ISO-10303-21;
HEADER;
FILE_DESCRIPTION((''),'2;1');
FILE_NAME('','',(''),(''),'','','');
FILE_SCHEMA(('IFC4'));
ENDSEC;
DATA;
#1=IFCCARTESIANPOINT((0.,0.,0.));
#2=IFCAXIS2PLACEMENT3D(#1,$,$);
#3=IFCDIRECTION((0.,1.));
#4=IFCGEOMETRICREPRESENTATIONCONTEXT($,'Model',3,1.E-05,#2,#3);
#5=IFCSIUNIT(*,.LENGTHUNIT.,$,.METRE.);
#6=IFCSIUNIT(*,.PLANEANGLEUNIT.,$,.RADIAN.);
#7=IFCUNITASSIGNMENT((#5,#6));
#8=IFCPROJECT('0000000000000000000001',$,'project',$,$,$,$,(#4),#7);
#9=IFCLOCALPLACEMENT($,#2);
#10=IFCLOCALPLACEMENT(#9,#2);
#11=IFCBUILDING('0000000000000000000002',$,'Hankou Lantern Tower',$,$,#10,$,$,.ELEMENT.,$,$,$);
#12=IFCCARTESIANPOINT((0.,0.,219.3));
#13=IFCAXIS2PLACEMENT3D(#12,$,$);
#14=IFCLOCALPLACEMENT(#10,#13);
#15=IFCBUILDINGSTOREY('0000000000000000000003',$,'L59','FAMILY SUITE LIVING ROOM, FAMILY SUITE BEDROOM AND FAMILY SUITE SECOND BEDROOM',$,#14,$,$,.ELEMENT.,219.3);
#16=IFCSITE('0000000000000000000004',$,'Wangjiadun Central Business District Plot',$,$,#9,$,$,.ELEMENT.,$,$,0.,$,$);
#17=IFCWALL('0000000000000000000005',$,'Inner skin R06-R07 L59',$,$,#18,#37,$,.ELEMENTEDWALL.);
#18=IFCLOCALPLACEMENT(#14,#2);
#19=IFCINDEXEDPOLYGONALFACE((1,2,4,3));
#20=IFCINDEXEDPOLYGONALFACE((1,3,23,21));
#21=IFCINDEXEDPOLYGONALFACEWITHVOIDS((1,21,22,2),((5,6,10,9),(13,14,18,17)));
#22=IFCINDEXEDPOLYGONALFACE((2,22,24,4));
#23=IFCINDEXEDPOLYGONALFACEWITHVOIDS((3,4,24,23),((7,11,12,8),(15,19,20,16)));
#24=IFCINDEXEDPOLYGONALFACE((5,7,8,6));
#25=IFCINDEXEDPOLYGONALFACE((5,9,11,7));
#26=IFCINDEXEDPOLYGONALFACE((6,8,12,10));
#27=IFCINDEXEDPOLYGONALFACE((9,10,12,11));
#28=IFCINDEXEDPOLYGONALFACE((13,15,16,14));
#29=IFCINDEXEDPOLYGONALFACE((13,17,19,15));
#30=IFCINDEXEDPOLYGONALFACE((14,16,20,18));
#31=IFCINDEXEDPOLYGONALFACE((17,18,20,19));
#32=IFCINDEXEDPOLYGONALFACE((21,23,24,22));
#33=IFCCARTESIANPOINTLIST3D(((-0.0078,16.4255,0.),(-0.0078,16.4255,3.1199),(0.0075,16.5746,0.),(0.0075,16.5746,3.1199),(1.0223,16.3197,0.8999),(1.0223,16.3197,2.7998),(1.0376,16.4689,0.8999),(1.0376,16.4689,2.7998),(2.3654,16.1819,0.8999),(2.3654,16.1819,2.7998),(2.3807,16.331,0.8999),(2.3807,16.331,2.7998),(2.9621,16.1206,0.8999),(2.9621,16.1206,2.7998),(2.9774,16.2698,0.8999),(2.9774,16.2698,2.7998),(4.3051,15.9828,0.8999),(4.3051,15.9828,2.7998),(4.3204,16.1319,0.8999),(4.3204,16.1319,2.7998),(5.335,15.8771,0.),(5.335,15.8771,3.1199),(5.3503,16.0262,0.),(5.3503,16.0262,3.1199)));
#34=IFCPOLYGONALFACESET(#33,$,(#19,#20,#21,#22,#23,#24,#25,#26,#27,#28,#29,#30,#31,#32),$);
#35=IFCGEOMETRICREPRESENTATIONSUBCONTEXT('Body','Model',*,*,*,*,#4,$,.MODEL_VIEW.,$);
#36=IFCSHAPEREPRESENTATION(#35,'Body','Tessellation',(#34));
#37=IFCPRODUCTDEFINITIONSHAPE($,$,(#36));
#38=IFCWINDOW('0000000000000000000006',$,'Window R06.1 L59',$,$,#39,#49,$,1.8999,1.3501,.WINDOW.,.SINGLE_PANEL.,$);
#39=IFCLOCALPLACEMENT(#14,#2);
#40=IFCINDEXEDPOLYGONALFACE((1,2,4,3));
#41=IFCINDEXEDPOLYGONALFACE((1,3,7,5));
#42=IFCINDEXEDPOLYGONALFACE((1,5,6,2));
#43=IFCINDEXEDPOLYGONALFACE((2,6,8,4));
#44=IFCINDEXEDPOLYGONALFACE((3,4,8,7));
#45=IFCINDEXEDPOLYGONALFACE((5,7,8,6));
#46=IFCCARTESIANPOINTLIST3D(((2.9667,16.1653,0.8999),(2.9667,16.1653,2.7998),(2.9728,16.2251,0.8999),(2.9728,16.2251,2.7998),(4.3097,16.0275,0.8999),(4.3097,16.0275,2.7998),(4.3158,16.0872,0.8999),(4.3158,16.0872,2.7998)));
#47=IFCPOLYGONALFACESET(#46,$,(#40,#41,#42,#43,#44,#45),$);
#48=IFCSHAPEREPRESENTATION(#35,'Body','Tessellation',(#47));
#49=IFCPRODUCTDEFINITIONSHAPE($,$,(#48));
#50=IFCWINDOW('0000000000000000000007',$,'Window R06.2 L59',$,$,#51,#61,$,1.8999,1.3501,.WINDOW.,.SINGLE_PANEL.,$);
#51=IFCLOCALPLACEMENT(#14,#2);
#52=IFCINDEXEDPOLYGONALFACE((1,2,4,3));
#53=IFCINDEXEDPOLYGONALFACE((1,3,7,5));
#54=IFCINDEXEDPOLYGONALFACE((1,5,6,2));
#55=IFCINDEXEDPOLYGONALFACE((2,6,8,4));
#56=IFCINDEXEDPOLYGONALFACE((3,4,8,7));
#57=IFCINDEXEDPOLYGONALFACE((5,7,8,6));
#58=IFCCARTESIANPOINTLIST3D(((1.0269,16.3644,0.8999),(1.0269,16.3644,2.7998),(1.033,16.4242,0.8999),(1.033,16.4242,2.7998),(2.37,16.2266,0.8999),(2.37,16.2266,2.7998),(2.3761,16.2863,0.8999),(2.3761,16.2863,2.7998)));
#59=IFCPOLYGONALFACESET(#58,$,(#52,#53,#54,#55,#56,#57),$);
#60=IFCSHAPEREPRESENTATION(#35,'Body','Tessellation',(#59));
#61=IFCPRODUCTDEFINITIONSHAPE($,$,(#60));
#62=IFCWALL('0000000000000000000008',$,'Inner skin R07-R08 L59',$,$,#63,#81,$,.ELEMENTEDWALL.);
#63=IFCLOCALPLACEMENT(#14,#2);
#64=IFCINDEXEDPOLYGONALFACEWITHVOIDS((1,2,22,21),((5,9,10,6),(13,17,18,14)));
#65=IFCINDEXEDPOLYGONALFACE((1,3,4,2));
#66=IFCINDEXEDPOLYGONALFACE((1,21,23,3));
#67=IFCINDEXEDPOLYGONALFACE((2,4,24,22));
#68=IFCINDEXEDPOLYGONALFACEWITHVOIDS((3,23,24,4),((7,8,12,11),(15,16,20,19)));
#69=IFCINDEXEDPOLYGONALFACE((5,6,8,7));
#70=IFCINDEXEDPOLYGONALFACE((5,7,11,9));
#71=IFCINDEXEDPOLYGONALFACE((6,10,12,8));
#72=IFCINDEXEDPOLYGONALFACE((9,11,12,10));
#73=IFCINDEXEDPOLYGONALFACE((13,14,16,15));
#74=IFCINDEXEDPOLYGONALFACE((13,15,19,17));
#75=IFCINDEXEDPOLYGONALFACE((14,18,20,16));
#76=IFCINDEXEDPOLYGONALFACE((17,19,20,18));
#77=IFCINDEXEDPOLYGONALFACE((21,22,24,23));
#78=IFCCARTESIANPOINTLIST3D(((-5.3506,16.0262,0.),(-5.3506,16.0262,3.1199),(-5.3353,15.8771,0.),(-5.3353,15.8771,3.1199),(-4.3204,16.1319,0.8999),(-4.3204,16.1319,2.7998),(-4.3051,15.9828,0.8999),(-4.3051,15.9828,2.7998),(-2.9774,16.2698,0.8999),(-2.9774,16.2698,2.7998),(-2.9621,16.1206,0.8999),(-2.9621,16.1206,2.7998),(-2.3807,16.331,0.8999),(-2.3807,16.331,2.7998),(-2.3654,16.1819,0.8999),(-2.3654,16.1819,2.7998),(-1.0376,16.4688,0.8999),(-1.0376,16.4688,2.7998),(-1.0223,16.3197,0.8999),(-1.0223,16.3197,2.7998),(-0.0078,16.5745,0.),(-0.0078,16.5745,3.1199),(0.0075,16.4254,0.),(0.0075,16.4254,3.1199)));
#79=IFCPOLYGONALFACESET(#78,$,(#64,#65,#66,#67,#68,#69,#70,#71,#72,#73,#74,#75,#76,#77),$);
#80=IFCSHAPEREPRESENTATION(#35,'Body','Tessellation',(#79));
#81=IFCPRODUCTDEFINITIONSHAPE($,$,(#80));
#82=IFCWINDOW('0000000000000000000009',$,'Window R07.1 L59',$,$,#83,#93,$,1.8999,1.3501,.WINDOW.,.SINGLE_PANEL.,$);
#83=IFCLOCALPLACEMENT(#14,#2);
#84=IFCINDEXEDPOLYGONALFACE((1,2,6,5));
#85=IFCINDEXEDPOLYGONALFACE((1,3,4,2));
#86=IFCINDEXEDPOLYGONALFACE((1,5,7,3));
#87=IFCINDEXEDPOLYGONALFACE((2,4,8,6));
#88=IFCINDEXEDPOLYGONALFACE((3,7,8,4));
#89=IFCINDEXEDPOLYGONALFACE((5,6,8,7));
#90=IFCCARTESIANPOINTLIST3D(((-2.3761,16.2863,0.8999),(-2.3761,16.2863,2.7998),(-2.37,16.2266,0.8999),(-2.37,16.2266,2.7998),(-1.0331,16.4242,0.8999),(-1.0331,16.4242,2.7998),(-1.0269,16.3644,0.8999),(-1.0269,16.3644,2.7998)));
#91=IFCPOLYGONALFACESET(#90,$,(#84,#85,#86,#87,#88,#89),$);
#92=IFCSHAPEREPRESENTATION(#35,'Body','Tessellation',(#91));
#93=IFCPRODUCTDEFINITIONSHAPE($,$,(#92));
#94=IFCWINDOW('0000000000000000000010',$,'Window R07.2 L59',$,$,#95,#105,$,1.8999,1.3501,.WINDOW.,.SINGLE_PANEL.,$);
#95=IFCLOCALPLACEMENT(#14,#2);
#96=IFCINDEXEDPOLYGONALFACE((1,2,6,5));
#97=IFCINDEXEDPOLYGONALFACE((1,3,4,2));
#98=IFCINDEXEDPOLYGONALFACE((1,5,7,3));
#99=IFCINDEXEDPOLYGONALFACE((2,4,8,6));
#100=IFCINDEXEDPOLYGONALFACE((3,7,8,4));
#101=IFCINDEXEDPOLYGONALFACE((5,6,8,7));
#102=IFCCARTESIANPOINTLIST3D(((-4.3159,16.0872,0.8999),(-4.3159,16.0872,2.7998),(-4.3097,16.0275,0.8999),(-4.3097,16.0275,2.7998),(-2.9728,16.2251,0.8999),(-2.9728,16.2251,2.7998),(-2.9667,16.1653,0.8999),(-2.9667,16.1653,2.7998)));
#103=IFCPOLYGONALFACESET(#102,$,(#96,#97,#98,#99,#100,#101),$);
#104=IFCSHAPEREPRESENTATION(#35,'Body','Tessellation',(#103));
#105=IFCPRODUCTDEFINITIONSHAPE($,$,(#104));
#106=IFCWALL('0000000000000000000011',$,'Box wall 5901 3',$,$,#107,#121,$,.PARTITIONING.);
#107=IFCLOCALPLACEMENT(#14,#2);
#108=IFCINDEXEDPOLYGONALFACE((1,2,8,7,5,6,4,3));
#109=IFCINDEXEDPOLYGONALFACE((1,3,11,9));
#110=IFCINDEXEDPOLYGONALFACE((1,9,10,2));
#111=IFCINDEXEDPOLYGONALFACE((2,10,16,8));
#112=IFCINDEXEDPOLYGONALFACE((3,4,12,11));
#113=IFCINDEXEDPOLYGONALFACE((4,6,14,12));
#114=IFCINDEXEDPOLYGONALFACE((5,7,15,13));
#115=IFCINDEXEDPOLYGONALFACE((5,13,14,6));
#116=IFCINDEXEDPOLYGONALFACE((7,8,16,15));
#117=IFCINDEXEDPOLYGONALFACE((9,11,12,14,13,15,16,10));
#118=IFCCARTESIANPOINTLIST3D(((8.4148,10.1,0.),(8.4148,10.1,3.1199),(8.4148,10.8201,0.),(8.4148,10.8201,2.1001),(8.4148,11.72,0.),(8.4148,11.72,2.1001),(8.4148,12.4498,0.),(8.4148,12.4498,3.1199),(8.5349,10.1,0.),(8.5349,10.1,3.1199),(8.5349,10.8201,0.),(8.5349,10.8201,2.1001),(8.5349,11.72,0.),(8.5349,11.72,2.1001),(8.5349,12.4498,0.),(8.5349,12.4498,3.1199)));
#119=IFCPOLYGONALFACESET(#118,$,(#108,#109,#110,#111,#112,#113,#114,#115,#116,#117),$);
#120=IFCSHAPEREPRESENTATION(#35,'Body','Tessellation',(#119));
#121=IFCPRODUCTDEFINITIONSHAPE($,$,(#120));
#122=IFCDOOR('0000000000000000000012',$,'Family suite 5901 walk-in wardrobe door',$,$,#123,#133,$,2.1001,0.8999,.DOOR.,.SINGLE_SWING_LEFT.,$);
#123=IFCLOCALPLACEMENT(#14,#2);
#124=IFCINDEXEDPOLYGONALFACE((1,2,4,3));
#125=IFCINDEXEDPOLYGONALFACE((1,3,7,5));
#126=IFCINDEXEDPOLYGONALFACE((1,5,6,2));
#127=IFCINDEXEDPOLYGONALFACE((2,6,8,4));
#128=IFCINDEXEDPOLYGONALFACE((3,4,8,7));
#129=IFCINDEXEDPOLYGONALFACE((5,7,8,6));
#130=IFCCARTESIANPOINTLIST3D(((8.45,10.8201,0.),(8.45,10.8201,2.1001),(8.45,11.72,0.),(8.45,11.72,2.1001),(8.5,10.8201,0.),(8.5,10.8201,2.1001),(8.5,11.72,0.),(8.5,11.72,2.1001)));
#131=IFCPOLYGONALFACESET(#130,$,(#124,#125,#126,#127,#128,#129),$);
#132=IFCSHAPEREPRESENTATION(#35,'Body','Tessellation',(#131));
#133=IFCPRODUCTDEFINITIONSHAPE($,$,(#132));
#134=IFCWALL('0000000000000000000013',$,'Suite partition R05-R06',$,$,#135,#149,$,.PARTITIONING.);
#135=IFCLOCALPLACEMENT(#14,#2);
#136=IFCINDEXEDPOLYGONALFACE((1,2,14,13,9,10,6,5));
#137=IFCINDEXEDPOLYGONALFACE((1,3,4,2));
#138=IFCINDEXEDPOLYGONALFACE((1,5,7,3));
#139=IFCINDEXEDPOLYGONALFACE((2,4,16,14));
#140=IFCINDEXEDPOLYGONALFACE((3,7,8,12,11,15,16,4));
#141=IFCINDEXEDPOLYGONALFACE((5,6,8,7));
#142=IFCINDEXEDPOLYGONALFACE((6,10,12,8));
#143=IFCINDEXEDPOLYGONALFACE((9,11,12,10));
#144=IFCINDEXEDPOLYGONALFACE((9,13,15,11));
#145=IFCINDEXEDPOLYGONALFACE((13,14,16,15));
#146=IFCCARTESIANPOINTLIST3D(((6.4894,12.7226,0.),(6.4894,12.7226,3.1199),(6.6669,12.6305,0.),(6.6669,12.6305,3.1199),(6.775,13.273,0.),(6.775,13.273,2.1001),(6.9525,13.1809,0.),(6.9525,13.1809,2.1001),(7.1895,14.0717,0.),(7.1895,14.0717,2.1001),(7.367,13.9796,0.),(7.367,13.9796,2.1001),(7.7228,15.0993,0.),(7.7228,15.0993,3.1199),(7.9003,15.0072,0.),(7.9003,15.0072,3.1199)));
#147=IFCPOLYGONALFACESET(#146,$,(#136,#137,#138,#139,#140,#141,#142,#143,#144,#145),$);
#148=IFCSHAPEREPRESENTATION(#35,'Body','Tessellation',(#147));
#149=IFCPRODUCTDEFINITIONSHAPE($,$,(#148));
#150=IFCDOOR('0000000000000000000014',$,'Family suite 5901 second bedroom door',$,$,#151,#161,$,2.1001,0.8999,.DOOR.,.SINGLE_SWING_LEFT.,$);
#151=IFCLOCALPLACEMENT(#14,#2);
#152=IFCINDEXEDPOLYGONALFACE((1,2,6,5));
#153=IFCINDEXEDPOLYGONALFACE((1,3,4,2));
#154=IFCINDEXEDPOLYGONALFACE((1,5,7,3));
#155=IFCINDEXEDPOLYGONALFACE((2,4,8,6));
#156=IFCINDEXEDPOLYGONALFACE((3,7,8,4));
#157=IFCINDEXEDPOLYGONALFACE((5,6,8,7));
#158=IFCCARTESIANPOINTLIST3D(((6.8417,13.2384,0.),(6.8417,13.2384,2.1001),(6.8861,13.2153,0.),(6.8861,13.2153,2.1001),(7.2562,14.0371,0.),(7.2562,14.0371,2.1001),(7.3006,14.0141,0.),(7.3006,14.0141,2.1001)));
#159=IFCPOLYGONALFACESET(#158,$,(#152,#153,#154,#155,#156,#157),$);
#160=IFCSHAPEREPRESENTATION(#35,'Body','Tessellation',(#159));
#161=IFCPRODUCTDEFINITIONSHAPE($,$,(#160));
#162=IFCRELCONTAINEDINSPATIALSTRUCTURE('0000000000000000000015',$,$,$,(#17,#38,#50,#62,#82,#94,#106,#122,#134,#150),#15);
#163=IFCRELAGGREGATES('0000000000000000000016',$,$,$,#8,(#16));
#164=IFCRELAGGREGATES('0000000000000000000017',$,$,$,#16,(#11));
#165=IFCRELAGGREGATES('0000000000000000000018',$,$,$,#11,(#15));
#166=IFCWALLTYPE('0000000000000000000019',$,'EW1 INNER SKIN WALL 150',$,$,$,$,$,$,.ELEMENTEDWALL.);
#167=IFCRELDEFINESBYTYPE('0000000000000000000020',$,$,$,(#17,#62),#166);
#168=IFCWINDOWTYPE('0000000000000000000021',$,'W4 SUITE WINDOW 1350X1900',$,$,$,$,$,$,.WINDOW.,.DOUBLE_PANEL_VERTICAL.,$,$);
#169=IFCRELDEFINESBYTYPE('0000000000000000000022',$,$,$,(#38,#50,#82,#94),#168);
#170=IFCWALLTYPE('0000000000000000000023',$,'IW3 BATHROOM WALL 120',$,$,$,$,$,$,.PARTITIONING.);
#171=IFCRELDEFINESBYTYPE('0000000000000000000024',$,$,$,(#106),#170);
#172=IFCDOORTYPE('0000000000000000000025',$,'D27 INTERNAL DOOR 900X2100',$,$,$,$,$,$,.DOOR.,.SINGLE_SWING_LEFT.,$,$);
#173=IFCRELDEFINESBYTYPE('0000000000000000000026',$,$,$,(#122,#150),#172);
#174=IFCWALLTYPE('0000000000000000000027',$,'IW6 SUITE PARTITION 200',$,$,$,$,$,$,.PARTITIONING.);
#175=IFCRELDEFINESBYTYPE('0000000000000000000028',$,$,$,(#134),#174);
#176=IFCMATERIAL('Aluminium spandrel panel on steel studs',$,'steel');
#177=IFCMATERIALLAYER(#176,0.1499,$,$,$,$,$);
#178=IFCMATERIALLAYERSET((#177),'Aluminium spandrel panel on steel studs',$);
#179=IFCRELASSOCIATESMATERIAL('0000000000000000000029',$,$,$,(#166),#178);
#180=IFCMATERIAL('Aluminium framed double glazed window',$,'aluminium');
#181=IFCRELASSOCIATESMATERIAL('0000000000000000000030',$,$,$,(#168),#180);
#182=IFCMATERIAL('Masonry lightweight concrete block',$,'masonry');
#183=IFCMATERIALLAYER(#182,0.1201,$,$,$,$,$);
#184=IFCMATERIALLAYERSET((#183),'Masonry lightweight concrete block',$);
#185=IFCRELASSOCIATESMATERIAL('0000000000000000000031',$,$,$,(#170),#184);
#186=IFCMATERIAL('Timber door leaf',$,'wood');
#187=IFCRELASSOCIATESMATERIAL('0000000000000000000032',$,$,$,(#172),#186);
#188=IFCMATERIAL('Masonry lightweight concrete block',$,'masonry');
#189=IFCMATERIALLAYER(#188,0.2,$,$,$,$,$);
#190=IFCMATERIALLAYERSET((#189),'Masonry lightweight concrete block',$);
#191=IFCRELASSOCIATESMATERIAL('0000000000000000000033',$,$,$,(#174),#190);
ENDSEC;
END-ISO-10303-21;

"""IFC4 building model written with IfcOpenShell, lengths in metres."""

from ifc_helpers import new_model, si_unit, direction, frame, frame_2d, origin, place, context, subcontext, project, spatial, rectangle, extrude, material, layer, layer_set, type_object, element, fill, save


model = new_model("IFC4")

# Units and contexts
model_context = context("Model", 3, precision=1e-05, world=origin(), true_north=direction((0.0, 1.0)))
body_context = subcontext(model_context, "Body", "Model", "MODEL_VIEW")
ifc_project = project(units=[si_unit("LENGTHUNIT", "METRE"), si_unit("PLANEANGLEUNIT", "RADIAN")], contexts=[model_context])

# Site, building, storey
site_placement = place(None, origin())
site = spatial("IfcSite", under=ifc_project, at=site_placement, Name="Wangjiadun Central Business District Plot", CompositionType="ELEMENT", RefElevation=0.0)
building_placement = place(site_placement, origin())
building = spatial("IfcBuilding", under=site, at=building_placement, Name="Hankou Lantern Tower", CompositionType="ELEMENT")
storey_placement = place(building_placement, frame((0.0, 0.0, 219.3)))
storey = spatial("IfcBuildingStorey", under=building, at=storey_placement, Name="L59", Description="FAMILY SUITE LIVING ROOM, FAMILY SUITE BEDROOM AND FAMILY SUITE SECOND BEDROOM", CompositionType="ELEMENT", Elevation=219.3)

# Walls, openings, windows
ifc_material_1 = material(Name="Aluminium spandrel panel on steel studs", Category="steel")
ifc_layer_1 = layer(ifc_material_1, 0.1499)
ifc_layer_set_1 = layer_set([ifc_layer_1], Name="Aluminium spandrel panel on steel studs")
wall_type_1 = type_object("IfcWallType", Name="EW1 INNER SKIN WALL 150", PredefinedType="ELEMENTEDWALL", material=ifc_layer_set_1)
wall_1_placement = place(storey_placement, frame((5.3428, 15.9517, 0.0), z_axis=(0.0, 0.0, 1.0), x_axis=(-0.994775, 0.102096, 0.0)))
wall_1 = element("IfcWall", 1, at=wall_1_placement, inside=storey, type_object=wall_type_1, Name="Inner skin R06-R07 L59", PredefinedType="ELEMENTEDWALL", context=body_context, shape_type="SweptSolid", body=[
    extrude(rectangle(XDim=5.3708, YDim=0.1499, at=frame_2d((2.6855, 0.0))), origin(), (0.0, 0.0, 1.0), 3.1199),
])
opening_1_placement = place(wall_1_placement, frame((1.0354, 0.0, 0.8999)))
opening_1 = element("IfcOpeningElement", 2, at=opening_1_placement, cuts=wall_1, PredefinedType="OPENING", context=body_context, shape_type="SweptSolid", body=[
    extrude(rectangle(XDim=1.3501, YDim=1.8999, at=frame_2d((0.675, 0.95))), frame((0.0, 0.085, 0.0), z_axis=(0.0, -1.0, 0.0), x_axis=(1.0, 0.0, 0.0)), (0.0, 0.0, 1.0), 0.1699),
])
opening_2_placement = place(wall_1_placement, frame((2.9854, 0.0, 0.8999)))
opening_2 = element("IfcOpeningElement", 3, at=opening_2_placement, cuts=wall_1, PredefinedType="OPENING", context=body_context, shape_type="SweptSolid", body=[
    extrude(rectangle(XDim=1.3501, YDim=1.8999, at=frame_2d((0.675, 0.95))), frame((0.0, 0.085, 0.0), z_axis=(0.0, -1.0, 0.0), x_axis=(1.0, 0.0, 0.0)), (0.0, 0.0, 1.0), 0.1699),
])
ifc_material_2 = material(Name="Aluminium framed double glazed window", Category="aluminium")
window_type = type_object("IfcWindowType", Name="W4 SUITE WINDOW 1350X1900", PartitioningType="DOUBLE_PANEL_VERTICAL", PredefinedType="WINDOW", material=ifc_material_2)
window_1_placement = place(opening_1_placement, origin())
window_1 = element("IfcWindow", 4, at=window_1_placement, inside=storey, type_object=window_type, Name="Window R06.1 L59", OverallHeight=1.8999, OverallWidth=1.3501, PartitioningType="SINGLE_PANEL", PredefinedType="WINDOW", context=body_context, shape_type="SweptSolid", body=[
    extrude(rectangle(XDim=1.3501, YDim=1.8999, at=frame_2d((0.675, 0.95))), frame((0.0, 0.03, 0.0), z_axis=(0.0, -1.0, 0.0), x_axis=(1.0, 0.0, 0.0)), (0.0, 0.0, 1.0), 0.0601),
])
fill(opening_1, window_1)
window_2_placement = place(opening_2_placement, origin())
window_2 = element("IfcWindow", 5, at=window_2_placement, inside=storey, type_object=window_type, Name="Window R06.2 L59", OverallHeight=1.8999, OverallWidth=1.3501, PartitioningType="SINGLE_PANEL", PredefinedType="WINDOW", context=body_context, shape_type="SweptSolid", body=[
    extrude(rectangle(XDim=1.3501, YDim=1.8999, at=frame_2d((0.675, 0.95))), frame((0.0, 0.03, 0.0), z_axis=(0.0, -1.0, 0.0), x_axis=(1.0, 0.0, 0.0)), (0.0, 0.0, 1.0), 0.0601),
])
fill(opening_2, window_2)
wall_2_placement = place(storey_placement, frame((0.0, 16.5, 0.0), z_axis=(0.0, 0.0, 1.0), x_axis=(-0.994775, -0.102096, 0.0)))
wall_2 = element("IfcWall", 6, at=wall_2_placement, inside=storey, type_object=wall_type_1, Name="Inner skin R07-R08 L59", PredefinedType="ELEMENTEDWALL", context=body_context, shape_type="SweptSolid", body=[
    extrude(rectangle(XDim=5.3708, YDim=0.1499, at=frame_2d((2.6855, 0.0))), origin(), (0.0, 0.0, 1.0), 3.1199),
])
opening_3_placement = place(wall_2_placement, frame((1.0354, 0.0, 0.8999)))
opening_3 = element("IfcOpeningElement", 7, at=opening_3_placement, cuts=wall_2, PredefinedType="OPENING", context=body_context, shape_type="SweptSolid", body=[
    extrude(rectangle(XDim=1.3501, YDim=1.8999, at=frame_2d((0.675, 0.95))), frame((0.0, 0.085, 0.0), z_axis=(0.0, -1.0, 0.0), x_axis=(1.0, 0.0, 0.0)), (0.0, 0.0, 1.0), 0.1699),
])
opening_4_placement = place(wall_2_placement, frame((2.9854, 0.0, 0.8999)))
opening_4 = element("IfcOpeningElement", 8, at=opening_4_placement, cuts=wall_2, PredefinedType="OPENING", context=body_context, shape_type="SweptSolid", body=[
    extrude(rectangle(XDim=1.3501, YDim=1.8999, at=frame_2d((0.675, 0.95))), frame((0.0, 0.085, 0.0), z_axis=(0.0, -1.0, 0.0), x_axis=(1.0, 0.0, 0.0)), (0.0, 0.0, 1.0), 0.1699),
])
window_3_placement = place(opening_3_placement, origin())
window_3 = element("IfcWindow", 9, at=window_3_placement, inside=storey, type_object=window_type, Name="Window R07.1 L59", OverallHeight=1.8999, OverallWidth=1.3501, PartitioningType="SINGLE_PANEL", PredefinedType="WINDOW", context=body_context, shape_type="SweptSolid", body=[
    extrude(rectangle(XDim=1.3501, YDim=1.8999, at=frame_2d((0.675, 0.95))), frame((0.0, 0.03, 0.0), z_axis=(0.0, -1.0, 0.0), x_axis=(1.0, 0.0, 0.0)), (0.0, 0.0, 1.0), 0.0601),
])
fill(opening_3, window_3)
window_4_placement = place(opening_4_placement, origin())
window_4 = element("IfcWindow", 10, at=window_4_placement, inside=storey, type_object=window_type, Name="Window R07.2 L59", OverallHeight=1.8999, OverallWidth=1.3501, PartitioningType="SINGLE_PANEL", PredefinedType="WINDOW", context=body_context, shape_type="SweptSolid", body=[
    extrude(rectangle(XDim=1.3501, YDim=1.8999, at=frame_2d((0.675, 0.95))), frame((0.0, 0.03, 0.0), z_axis=(0.0, -1.0, 0.0), x_axis=(1.0, 0.0, 0.0)), (0.0, 0.0, 1.0), 0.0601),
])
fill(opening_4, window_4)

# Walls, openings, doors
ifc_material_3 = material(Name="Masonry lightweight concrete block", Category="masonry")
ifc_layer_2 = layer(ifc_material_3, 0.1201)
ifc_layer_set_2 = layer_set([ifc_layer_2], Name="Masonry lightweight concrete block")
wall_type_2 = type_object("IfcWallType", Name="IW3 BATHROOM WALL 120", PredefinedType="PARTITIONING", material=ifc_layer_set_2)
wall_3_placement = place(storey_placement, frame((8.4749, 10.1001, 0.0), z_axis=(0.0, 0.0, 1.0), x_axis=(0.0, 1.0, 0.0)))
wall_3 = element("IfcWall", 11, at=wall_3_placement, inside=storey, type_object=wall_type_2, Name="Box wall 5901 3", PredefinedType="PARTITIONING", context=body_context, shape_type="SweptSolid", body=[
    extrude(rectangle(XDim=2.3499, YDim=0.1201, at=frame_2d((1.1748, 0.0))), origin(), (0.0, 0.0, 1.0), 3.1199),
])
opening_5_placement = place(wall_3_placement, frame((0.72, 0.0, 0.0)))
opening_5 = element("IfcOpeningElement", 12, at=opening_5_placement, cuts=wall_3, PredefinedType="OPENING", context=body_context, shape_type="SweptSolid", body=[
    extrude(rectangle(XDim=0.8999, YDim=2.1001, at=frame_2d((0.45, 1.05))), frame((0.0, 0.0701, 0.0), z_axis=(0.0, -1.0, 0.0), x_axis=(1.0, 0.0, 0.0)), (0.0, 0.0, 1.0), 0.1401),
])
ifc_material_4 = material(Name="Timber door leaf", Category="wood")
door_type_1 = type_object("IfcDoorType", Name="D27 INTERNAL DOOR 900X2100", OperationType="SINGLE_SWING_LEFT", PredefinedType="DOOR", material=ifc_material_4)
door_1_placement = place(opening_5_placement, origin())
door_1 = element("IfcDoor", 13, at=door_1_placement, inside=storey, type_object=door_type_1, Name="Family suite 5901 walk-in wardrobe door", OperationType="SINGLE_SWING_LEFT", OverallHeight=2.1001, OverallWidth=0.8999, PredefinedType="DOOR", context=body_context, shape_type="SweptSolid", body=[
    extrude(rectangle(XDim=0.8999, YDim=2.1001, at=frame_2d((0.45, 1.05))), frame((0.0, 0.0249, 0.0), z_axis=(0.0, -1.0, 0.0), x_axis=(1.0, 0.0, 0.0)), (0.0, 0.0, 1.0), 0.05),
])
fill(opening_5, door_1)
ifc_material_5 = material(Name="Masonry lightweight concrete block", Category="masonry")
ifc_layer_3 = layer(ifc_material_5, 0.2)
ifc_layer_set_3 = layer_set([ifc_layer_3], Name="Masonry lightweight concrete block")
wall_type_3 = type_object("IfcWallType", Name="IW6 SUITE PARTITION 200", PredefinedType="PARTITIONING", material=ifc_layer_set_3)
wall_4_placement = place(storey_placement, frame((6.5781, 12.6765, 0.0), z_axis=(0.0, 0.0, 1.0), x_axis=(0.460621, 0.887597, 0.0)))
wall_4 = element("IfcWall", 14, at=wall_4_placement, inside=storey, type_object=wall_type_3, Name="Suite partition R05-R06", PredefinedType="PARTITIONING", context=body_context, shape_type="SweptSolid", body=[
    extrude(rectangle(XDim=2.6777, YDim=0.2, at=frame_2d((1.3389, 0.0))), origin(), (0.0, 0.0, 1.0), 3.1199),
])
opening_6_placement = place(wall_4_placement, frame((0.6201, 0.0, 0.0)))
opening_6 = element("IfcOpeningElement", 15, at=opening_6_placement, cuts=wall_4, PredefinedType="OPENING", context=body_context, shape_type="SweptSolid", body=[
    extrude(rectangle(XDim=0.8999, YDim=2.1001, at=frame_2d((0.45, 1.05))), frame((0.0, 0.1099, 0.0), z_axis=(0.0, -1.0, 0.0), x_axis=(1.0, 0.0, 0.0)), (0.0, 0.0, 1.0), 0.22),
])
door_2_placement = place(opening_6_placement, origin())
door_2 = element("IfcDoor", 16, at=door_2_placement, inside=storey, type_object=door_type_1, Name="Family suite 5901 second bedroom door", OperationType="SINGLE_SWING_LEFT", OverallHeight=2.1001, OverallWidth=0.8999, PredefinedType="DOOR", context=body_context, shape_type="SweptSolid", body=[
    extrude(rectangle(XDim=0.8999, YDim=2.1001, at=frame_2d((0.45, 1.05))), frame((0.0, 0.0249, 0.0), z_axis=(0.0, -1.0, 0.0), x_axis=(1.0, 0.0, 0.0)), (0.0, 0.0, 1.0), 0.05),
])
fill(opening_6, door_2)

save(model, "model.ifc")
